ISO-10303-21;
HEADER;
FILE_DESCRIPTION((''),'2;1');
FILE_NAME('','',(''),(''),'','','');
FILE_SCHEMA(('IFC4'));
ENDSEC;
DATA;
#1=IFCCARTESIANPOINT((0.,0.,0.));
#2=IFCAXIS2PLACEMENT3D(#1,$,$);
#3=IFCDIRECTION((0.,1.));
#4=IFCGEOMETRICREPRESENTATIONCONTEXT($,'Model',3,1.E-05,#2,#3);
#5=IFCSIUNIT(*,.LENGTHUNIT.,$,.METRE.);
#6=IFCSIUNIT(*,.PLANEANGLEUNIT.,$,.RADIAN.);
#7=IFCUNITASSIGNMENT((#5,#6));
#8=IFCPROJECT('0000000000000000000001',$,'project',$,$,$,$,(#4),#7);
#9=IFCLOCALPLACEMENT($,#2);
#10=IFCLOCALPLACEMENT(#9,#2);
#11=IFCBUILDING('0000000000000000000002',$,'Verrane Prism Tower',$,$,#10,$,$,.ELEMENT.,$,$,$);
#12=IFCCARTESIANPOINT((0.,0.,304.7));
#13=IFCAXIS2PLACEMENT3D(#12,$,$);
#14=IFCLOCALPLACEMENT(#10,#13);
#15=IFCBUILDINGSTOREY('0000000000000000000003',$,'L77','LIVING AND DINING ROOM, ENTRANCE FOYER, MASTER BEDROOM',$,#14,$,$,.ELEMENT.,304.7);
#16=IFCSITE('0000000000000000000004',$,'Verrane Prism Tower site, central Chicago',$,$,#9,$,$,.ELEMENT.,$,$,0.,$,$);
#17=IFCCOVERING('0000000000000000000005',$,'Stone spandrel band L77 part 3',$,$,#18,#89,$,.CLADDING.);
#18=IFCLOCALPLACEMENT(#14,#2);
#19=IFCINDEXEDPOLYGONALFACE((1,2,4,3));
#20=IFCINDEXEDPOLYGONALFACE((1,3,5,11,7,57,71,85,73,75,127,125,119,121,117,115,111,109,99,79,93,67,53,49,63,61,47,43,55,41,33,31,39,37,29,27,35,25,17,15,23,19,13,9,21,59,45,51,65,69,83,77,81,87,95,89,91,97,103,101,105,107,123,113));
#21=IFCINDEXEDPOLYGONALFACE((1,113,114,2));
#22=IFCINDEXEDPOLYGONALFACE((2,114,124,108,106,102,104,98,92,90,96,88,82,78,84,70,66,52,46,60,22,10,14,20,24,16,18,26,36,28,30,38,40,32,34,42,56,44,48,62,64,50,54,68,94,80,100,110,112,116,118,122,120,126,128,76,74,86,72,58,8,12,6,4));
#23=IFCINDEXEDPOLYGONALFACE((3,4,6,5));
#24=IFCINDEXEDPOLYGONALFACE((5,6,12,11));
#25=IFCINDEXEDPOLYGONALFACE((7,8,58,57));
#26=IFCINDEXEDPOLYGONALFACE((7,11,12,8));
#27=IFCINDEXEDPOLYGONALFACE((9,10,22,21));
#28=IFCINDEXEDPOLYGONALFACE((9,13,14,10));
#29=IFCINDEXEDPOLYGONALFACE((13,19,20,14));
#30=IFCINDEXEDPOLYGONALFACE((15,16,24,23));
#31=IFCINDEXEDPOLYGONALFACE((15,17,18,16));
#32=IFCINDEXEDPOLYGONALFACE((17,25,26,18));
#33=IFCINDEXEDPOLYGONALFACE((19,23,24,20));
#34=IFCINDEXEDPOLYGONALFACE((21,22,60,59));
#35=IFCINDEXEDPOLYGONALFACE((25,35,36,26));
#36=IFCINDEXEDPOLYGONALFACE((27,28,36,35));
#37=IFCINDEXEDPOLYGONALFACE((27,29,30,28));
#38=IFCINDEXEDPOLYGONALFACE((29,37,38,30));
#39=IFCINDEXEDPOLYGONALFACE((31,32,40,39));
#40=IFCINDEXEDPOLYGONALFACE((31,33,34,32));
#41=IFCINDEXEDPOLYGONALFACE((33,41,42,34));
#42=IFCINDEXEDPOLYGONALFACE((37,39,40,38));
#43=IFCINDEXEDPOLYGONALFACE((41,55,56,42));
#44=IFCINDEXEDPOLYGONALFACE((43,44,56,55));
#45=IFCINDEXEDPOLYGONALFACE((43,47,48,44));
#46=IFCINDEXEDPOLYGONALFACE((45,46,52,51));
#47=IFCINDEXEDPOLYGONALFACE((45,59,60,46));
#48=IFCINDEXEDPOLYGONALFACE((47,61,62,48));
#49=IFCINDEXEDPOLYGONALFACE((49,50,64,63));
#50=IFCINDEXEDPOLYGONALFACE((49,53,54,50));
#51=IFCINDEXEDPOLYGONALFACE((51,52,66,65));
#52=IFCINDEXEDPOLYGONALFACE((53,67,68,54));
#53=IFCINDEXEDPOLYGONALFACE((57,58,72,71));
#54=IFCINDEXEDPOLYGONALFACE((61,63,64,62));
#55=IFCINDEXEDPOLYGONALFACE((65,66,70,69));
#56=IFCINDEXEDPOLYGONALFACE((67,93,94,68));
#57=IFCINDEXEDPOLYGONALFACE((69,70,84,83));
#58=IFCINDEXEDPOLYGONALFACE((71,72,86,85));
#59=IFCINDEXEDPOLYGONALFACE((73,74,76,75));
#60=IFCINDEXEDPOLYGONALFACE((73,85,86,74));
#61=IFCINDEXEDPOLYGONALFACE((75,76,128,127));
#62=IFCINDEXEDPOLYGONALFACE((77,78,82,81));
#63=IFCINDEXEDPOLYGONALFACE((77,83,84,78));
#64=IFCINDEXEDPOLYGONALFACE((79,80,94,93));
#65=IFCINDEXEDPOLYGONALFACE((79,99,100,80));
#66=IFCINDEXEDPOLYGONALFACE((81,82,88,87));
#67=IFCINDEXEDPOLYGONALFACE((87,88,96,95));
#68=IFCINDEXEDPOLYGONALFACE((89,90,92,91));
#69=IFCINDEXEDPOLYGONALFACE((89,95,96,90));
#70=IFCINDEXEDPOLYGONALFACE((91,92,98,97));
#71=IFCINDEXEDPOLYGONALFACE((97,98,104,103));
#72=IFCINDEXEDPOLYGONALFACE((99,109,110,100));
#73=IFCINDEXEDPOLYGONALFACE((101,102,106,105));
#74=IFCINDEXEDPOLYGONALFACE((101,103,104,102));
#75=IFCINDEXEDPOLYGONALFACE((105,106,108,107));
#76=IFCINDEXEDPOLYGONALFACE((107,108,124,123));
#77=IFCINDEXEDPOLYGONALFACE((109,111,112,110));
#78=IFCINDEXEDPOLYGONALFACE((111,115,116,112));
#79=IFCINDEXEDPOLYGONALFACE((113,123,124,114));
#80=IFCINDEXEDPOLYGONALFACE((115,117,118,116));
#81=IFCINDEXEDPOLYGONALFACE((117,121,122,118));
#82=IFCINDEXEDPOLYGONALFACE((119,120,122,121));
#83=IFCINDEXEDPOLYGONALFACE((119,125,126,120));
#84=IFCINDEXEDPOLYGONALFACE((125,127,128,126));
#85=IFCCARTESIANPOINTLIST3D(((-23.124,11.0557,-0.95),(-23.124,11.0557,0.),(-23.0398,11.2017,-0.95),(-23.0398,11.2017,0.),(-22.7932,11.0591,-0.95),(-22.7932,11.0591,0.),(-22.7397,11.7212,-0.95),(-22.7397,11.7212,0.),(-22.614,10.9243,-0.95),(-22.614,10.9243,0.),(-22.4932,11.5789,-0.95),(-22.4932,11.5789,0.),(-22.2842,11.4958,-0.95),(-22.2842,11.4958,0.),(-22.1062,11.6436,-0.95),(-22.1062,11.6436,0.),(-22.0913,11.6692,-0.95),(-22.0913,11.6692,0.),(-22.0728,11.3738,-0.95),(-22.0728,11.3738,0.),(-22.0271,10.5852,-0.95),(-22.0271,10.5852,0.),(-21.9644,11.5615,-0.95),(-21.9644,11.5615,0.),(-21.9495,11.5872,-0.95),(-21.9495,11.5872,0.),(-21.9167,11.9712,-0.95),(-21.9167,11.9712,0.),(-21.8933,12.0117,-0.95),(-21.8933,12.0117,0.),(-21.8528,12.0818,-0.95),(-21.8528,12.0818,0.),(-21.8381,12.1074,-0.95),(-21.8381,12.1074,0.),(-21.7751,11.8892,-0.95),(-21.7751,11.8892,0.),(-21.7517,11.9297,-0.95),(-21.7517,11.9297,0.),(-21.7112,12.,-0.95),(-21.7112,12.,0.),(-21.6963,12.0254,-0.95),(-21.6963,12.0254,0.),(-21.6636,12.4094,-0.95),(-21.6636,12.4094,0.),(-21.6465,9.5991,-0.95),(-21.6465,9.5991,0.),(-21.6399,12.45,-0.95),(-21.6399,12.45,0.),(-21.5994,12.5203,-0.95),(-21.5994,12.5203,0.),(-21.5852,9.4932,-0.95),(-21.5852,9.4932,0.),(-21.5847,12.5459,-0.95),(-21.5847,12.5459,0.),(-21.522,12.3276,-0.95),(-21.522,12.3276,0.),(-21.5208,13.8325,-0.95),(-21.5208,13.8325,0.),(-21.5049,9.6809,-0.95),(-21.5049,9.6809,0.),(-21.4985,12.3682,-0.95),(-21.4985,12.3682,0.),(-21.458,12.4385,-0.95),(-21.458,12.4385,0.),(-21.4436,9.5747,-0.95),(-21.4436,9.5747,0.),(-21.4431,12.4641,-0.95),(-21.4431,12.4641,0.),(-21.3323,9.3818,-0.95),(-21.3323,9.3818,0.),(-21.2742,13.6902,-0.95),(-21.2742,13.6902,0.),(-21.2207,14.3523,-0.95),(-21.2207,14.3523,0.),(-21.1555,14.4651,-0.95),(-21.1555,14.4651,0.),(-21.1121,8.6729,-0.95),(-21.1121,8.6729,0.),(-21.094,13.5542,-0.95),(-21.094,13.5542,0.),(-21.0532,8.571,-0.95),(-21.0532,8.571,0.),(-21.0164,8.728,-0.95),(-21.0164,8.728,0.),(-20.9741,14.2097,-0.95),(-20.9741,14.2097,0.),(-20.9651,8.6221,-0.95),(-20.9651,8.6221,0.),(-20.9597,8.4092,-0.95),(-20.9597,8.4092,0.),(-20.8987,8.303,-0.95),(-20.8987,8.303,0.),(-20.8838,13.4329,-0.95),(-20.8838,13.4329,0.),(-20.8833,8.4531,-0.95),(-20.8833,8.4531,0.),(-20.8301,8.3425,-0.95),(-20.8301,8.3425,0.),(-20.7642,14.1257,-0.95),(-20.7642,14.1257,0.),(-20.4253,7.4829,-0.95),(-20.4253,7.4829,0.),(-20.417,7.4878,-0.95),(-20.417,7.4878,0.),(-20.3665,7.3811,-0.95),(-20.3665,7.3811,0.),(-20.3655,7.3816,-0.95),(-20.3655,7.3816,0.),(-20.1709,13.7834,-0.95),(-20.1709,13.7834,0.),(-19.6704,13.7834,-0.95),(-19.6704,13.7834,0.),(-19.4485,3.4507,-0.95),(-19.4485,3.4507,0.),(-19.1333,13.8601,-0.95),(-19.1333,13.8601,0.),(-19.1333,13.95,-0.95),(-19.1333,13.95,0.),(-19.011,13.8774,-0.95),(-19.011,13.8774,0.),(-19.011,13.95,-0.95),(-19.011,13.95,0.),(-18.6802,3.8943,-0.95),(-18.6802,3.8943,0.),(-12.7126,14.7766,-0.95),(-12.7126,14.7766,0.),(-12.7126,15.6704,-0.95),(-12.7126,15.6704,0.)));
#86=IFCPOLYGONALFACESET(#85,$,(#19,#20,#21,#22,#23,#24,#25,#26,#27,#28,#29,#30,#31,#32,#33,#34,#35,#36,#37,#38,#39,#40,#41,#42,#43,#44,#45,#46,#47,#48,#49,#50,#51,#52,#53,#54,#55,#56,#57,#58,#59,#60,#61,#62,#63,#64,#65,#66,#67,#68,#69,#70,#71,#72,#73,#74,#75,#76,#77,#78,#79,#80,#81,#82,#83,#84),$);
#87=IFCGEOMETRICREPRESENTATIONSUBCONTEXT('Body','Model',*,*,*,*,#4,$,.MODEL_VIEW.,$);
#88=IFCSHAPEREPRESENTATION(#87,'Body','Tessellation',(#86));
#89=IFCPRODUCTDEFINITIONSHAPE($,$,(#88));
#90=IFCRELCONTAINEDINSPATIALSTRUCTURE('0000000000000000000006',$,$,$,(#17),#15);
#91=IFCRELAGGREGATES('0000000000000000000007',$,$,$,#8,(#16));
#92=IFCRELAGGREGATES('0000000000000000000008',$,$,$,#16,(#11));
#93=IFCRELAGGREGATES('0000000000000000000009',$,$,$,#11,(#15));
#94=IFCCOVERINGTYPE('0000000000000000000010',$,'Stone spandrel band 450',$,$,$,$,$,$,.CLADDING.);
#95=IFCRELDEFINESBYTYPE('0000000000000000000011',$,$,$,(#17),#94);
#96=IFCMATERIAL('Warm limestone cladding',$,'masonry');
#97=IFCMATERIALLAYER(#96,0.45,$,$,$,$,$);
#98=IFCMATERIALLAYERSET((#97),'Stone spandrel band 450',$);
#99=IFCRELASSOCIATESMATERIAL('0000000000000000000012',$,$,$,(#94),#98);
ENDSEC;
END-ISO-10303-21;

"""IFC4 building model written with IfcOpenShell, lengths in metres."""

from ifc_helpers import new_model, si_unit, direction, frame, origin, place, context, subcontext, project, spatial, polyline, outline, extrude, material, layer, layer_set, type_object, element, save


model = new_model("IFC4")

# Units and contexts
model_context = context("Model", 3, precision=1e-05, world=origin(), true_north=direction((0.0, 1.0)))
body_context = subcontext(model_context, "Body", "Model", "MODEL_VIEW")
ifc_project = project(units=[si_unit("LENGTHUNIT", "METRE"), si_unit("PLANEANGLEUNIT", "RADIAN")], contexts=[model_context])

# Site, building, storey
site_placement = place(None, origin())
site = spatial("IfcSite", under=ifc_project, at=site_placement, Name="Verrane Prism Tower site, central Chicago", CompositionType="ELEMENT", RefElevation=0.0)
building_placement = place(site_placement, origin())
building = spatial("IfcBuilding", under=site, at=building_placement, Name="Verrane Prism Tower", CompositionType="ELEMENT")
storey_placement = place(building_placement, frame((0.0, 0.0, 304.7)))
storey = spatial("IfcBuildingStorey", under=building, at=storey_placement, Name="L77", Description="LIVING AND DINING ROOM, ENTRANCE FOYER, MASTER BEDROOM", CompositionType="ELEMENT", Elevation=304.7)

# Covering
ifc_material_1 = material(Name="Warm limestone cladding", Category="masonry")
ifc_layer_1 = layer(ifc_material_1, 0.45)
ifc_layer_set_1 = layer_set([ifc_layer_1], Name="Stone spandrel band 450")
covering_type = type_object("IfcCoveringType", Name="Stone spandrel band 450", PredefinedType="CLADDING", material=ifc_layer_set_1)
covering_1_placement = place(storey_placement, frame((0.0, 0.0, -0.95)))
element("IfcCovering", 1, at=covering_1_placement, inside=storey, type_object=covering_type, Name="Stone spandrel band L77 part 3", PredefinedType="CLADDING", context=body_context, shape_type="SweptSolid", body=[
    extrude(outline(polyline([(-18.6802, 3.8943), (-20.3655, 7.3816), (-20.3665, 7.3811), (-20.4253, 7.4829), (-20.417, 7.4878), (-20.8301, 8.3425), (-20.8987, 8.303), (-20.9597, 8.4092), (-20.8833, 8.4531), (-20.9651, 8.6221), (-21.0532, 8.571), (-21.1121, 8.6729), (-21.0164, 8.728), (-21.3323, 9.3818), (-21.4436, 9.5747), (-21.5852, 9.4932), (-21.6465, 9.5991), (-21.5049, 9.6809), (-22.0271, 10.5852), (-22.614, 10.9243), (-22.2842, 11.4958), (-22.0728, 11.3738), (-21.9644, 11.5615), (-22.1062, 11.6436), (-22.0913, 11.6692), (-21.9495, 11.5872), (-21.7751, 11.8892), (-21.9167, 11.9712), (-21.8933, 12.0117), (-21.7517, 11.9297), (-21.7112, 12.0), (-21.8528, 12.0818), (-21.8381, 12.1074), (-21.6963, 12.0254), (-21.522, 12.3276), (-21.6636, 12.4094), (-21.6399, 12.45), (-21.4985, 12.3682), (-21.458, 12.4385), (-21.5994, 12.5203), (-21.5847, 12.5459), (-21.4431, 12.4641), (-20.8838, 13.4329), (-21.094, 13.5542), (-20.7642, 14.1257), (-20.1709, 13.7834), (-19.6704, 13.7834), (-19.1333, 13.8601), (-19.1333, 13.95), (-19.011, 13.95), (-19.011, 13.8774), (-12.7126, 14.7766), (-12.7126, 15.6704), (-21.1555, 14.4651), (-21.2207, 14.3523), (-20.9741, 14.2097), (-21.2742, 13.6902), (-21.5208, 13.8325), (-22.7397, 11.7212), (-22.4932, 11.5789), (-22.7932, 11.0591), (-23.0398, 11.2017), (-23.124, 11.0557), (-19.4485, 3.4507), (-18.6802, 3.8943)])), origin(), (0.0, 0.0, 1.0), 0.95),
])

save(model, "model.ifc")
